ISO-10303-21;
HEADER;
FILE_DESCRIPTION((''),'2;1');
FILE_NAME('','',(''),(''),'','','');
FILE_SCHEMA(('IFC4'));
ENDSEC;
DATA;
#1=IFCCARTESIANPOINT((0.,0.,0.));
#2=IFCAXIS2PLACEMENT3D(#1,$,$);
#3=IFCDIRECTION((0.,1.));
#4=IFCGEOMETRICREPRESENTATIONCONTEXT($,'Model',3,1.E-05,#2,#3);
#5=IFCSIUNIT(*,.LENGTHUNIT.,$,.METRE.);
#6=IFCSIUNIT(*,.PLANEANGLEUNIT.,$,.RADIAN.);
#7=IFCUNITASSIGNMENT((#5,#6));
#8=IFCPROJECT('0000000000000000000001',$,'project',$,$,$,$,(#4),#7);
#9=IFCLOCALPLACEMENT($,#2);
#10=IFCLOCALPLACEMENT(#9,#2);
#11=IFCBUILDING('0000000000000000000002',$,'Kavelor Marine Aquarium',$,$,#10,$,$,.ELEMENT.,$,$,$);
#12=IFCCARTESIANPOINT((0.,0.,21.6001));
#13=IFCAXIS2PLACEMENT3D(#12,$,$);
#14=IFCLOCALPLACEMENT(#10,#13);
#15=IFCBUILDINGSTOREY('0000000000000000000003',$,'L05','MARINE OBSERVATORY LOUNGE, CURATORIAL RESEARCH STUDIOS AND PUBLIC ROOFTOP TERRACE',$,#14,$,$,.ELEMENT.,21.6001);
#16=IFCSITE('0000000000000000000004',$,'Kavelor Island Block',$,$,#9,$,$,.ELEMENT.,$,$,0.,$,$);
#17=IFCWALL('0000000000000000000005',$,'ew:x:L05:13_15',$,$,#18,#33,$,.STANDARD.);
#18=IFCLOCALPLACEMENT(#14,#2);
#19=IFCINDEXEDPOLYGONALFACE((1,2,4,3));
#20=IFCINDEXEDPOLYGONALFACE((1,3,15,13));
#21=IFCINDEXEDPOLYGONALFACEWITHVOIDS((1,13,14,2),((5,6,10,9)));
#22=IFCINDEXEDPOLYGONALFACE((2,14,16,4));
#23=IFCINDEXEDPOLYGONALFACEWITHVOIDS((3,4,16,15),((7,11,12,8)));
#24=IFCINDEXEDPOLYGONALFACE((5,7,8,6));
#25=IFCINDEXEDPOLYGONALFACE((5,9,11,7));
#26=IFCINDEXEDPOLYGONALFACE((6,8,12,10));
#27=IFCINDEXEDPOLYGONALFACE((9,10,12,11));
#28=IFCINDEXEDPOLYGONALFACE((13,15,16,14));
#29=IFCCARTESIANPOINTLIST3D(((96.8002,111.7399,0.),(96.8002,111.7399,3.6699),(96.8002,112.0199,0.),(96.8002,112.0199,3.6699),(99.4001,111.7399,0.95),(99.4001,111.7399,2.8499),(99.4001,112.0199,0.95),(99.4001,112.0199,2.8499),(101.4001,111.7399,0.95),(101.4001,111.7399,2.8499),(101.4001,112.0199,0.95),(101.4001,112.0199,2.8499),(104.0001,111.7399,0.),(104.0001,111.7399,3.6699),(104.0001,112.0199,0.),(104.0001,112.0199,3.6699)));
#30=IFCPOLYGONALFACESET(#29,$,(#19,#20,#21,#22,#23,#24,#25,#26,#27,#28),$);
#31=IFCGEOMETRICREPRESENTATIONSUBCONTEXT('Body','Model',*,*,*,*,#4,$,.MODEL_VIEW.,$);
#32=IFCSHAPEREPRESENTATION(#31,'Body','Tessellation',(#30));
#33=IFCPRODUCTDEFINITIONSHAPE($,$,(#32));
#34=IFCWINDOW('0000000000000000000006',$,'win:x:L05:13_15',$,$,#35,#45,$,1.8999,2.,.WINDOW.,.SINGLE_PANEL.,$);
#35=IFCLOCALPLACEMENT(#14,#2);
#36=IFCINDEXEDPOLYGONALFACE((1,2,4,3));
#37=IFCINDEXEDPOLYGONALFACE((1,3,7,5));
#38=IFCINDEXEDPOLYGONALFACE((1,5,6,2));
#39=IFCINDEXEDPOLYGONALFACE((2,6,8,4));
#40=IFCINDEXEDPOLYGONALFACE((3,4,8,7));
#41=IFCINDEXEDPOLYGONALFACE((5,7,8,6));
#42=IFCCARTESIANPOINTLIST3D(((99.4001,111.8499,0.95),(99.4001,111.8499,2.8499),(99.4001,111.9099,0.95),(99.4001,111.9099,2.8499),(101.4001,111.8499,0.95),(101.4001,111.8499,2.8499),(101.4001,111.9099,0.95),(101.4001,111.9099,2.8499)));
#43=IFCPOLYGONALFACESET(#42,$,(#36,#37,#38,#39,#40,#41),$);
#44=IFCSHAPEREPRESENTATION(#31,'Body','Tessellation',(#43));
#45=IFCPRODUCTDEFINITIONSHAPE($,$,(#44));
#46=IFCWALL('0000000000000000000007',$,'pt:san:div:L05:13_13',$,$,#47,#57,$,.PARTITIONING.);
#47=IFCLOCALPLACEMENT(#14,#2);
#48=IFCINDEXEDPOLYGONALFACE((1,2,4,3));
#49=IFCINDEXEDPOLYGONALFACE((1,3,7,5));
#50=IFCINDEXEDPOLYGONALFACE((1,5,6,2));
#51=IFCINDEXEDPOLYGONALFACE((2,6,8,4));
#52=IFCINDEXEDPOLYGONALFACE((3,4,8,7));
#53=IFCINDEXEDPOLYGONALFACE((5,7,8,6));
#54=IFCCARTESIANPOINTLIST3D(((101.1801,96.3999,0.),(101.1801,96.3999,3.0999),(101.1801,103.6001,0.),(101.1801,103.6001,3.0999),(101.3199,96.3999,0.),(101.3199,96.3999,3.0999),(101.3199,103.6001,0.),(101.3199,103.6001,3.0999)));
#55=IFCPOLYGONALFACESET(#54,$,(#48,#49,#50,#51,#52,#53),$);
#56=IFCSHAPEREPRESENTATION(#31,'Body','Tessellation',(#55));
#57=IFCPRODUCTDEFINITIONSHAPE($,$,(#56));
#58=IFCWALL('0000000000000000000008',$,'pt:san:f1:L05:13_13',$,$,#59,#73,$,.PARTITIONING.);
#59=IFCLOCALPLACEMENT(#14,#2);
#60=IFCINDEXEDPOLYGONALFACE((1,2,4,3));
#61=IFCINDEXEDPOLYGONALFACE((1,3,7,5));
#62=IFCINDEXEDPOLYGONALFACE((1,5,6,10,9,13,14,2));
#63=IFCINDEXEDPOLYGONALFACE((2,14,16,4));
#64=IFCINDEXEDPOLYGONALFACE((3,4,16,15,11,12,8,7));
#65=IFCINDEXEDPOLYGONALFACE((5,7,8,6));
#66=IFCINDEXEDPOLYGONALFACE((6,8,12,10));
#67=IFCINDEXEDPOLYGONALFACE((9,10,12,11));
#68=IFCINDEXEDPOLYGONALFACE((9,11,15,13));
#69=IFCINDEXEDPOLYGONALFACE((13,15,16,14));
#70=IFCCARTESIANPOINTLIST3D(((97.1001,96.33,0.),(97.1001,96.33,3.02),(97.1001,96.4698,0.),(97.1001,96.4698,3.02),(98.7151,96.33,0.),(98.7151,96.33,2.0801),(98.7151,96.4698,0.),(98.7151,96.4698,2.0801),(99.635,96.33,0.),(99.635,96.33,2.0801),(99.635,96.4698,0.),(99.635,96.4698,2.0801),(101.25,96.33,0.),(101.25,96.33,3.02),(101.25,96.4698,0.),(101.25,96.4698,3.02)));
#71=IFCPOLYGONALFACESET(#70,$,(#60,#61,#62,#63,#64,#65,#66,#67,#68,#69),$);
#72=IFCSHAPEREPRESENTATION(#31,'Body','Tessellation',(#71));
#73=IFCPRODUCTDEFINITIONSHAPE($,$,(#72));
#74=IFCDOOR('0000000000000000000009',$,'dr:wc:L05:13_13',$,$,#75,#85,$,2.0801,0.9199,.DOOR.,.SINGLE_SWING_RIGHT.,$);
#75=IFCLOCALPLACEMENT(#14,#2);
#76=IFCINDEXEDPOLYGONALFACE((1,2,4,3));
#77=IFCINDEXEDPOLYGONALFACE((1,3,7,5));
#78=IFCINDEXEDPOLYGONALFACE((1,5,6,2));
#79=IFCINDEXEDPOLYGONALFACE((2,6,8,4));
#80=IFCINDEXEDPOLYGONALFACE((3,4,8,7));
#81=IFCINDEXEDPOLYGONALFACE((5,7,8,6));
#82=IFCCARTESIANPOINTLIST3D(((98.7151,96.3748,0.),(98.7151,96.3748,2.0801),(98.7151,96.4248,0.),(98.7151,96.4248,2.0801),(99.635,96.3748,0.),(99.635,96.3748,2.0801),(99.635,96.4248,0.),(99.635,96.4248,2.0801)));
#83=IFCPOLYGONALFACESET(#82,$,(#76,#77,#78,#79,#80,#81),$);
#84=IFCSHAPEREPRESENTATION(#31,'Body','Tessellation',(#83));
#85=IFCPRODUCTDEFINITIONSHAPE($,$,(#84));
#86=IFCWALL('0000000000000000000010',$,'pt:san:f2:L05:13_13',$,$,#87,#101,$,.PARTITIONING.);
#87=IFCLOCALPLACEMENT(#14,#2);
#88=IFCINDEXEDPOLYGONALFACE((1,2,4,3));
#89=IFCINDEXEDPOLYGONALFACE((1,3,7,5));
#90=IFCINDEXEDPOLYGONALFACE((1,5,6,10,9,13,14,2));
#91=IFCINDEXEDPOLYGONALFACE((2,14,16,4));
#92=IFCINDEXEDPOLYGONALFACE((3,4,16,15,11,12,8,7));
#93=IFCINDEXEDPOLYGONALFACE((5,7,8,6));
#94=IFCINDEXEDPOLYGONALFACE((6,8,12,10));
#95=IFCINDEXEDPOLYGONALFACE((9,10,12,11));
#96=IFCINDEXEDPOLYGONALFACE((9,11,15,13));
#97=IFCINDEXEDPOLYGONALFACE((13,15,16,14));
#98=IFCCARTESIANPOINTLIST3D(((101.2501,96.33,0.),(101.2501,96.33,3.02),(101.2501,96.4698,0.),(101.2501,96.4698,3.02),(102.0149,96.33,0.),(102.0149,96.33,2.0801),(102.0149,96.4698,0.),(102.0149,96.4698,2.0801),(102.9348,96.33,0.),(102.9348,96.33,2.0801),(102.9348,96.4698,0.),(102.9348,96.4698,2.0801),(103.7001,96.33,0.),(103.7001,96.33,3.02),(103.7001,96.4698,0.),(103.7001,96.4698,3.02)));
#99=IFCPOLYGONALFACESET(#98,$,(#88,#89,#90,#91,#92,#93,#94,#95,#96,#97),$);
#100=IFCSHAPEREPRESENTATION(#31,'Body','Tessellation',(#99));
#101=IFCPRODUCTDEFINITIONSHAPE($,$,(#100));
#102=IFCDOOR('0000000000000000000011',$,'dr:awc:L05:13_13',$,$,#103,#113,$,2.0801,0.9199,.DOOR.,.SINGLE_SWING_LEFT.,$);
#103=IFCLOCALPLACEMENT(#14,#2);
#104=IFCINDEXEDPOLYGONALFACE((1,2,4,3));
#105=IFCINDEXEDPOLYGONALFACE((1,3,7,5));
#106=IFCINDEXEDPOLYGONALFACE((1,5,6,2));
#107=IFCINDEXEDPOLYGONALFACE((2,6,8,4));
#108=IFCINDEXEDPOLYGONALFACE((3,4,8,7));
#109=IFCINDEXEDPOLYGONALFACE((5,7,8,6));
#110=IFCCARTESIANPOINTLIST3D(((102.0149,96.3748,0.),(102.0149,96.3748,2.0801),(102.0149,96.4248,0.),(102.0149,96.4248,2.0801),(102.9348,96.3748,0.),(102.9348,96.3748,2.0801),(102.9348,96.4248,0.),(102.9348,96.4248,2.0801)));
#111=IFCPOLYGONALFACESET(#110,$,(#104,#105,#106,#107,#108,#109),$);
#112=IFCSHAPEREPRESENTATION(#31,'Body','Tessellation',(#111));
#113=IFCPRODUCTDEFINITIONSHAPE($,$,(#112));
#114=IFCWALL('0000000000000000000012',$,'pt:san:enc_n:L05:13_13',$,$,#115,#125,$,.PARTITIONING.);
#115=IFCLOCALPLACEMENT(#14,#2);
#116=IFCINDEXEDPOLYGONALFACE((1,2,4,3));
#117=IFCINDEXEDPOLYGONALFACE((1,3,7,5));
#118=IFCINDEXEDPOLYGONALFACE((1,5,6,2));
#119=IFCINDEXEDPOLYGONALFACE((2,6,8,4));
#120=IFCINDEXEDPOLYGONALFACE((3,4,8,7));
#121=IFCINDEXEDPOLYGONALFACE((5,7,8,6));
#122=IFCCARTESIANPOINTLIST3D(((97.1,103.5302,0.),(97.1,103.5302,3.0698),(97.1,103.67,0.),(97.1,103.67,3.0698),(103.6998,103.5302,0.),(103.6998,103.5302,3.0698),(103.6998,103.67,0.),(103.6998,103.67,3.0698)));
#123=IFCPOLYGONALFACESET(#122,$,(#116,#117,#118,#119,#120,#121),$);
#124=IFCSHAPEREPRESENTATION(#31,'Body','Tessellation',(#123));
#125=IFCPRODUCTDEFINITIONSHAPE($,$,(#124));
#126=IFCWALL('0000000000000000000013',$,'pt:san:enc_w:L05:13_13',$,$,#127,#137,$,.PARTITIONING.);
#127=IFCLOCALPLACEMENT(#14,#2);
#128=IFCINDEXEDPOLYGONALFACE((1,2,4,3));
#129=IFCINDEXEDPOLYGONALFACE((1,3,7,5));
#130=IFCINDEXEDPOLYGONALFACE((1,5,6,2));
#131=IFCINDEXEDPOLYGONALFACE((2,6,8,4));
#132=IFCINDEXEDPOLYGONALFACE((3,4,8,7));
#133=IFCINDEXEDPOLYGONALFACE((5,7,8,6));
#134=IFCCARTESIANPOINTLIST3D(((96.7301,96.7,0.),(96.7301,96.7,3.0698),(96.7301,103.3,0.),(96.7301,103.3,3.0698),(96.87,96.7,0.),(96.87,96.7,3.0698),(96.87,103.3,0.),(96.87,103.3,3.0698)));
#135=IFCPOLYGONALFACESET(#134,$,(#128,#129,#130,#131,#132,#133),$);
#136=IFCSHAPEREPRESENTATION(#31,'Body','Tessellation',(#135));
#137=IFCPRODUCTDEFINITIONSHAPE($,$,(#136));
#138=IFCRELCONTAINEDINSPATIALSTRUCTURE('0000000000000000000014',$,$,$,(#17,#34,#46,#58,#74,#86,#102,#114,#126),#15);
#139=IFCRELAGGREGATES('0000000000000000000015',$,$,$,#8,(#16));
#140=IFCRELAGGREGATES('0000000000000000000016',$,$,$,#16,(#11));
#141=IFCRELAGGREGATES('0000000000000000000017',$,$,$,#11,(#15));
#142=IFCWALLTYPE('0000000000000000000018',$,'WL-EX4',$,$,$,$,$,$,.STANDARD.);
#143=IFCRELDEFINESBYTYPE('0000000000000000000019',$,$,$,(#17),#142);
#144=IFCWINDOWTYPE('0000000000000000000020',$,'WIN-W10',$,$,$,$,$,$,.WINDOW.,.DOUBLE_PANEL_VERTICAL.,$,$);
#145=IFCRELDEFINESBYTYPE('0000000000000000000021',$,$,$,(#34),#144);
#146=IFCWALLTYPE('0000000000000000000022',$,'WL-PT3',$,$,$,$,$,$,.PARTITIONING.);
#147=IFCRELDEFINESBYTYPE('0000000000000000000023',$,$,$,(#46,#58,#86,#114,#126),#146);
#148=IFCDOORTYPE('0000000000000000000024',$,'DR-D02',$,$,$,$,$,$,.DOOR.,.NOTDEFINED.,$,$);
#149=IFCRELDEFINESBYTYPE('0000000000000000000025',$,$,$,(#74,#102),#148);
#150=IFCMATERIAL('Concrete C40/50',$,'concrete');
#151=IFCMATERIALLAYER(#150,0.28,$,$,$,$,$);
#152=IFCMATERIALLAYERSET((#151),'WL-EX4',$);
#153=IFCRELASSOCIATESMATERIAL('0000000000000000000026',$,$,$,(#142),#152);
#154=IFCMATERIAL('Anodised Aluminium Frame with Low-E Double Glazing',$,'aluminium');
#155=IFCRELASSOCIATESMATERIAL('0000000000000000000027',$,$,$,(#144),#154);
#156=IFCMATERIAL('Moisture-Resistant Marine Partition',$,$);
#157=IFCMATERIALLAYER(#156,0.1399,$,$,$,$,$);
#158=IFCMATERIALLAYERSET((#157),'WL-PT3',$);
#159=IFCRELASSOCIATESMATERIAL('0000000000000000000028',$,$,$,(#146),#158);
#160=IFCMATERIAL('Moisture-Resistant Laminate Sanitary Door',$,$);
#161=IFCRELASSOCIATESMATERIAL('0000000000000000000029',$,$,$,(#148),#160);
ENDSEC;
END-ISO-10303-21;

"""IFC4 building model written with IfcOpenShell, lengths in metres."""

from ifc_helpers import new_model, si_unit, direction, frame, frame_2d, origin, place, context, subcontext, project, spatial, rectangle, extrude, material, layer, layer_set, type_object, element, fill, save


model = new_model("IFC4")

# Units and contexts
model_context = context("Model", 3, precision=1e-05, world=origin(), true_north=direction((0.0, 1.0)))
body_context = subcontext(model_context, "Body", "Model", "MODEL_VIEW")
ifc_project = project(units=[si_unit("LENGTHUNIT", "METRE"), si_unit("PLANEANGLEUNIT", "RADIAN")], contexts=[model_context])

# Site, building, storey
site_placement = place(None, origin())
site = spatial("IfcSite", under=ifc_project, at=site_placement, Name="Kavelor Island Block", CompositionType="ELEMENT", RefElevation=0.0)
building_placement = place(site_placement, origin())
building = spatial("IfcBuilding", under=site, at=building_placement, Name="Kavelor Marine Aquarium", CompositionType="ELEMENT")
storey_placement = place(building_placement, frame((0.0, 0.0, 21.6001)))
storey = spatial("IfcBuildingStorey", under=building, at=storey_placement, Name="L05", Description="MARINE OBSERVATORY LOUNGE, CURATORIAL RESEARCH STUDIOS AND PUBLIC ROOFTOP TERRACE", CompositionType="ELEMENT", Elevation=21.6001)

# Wall, opening, window
ifc_material_1 = material(Name="Concrete C40/50", Category="concrete")
ifc_layer_1 = layer(ifc_material_1, 0.28)
ifc_layer_set_1 = layer_set([ifc_layer_1], Name="WL-EX4")
wall_type_1 = type_object("IfcWallType", Name="WL-EX4", PredefinedType="STANDARD", material=ifc_layer_set_1)
wall_1_placement = place(storey_placement, frame((96.8, 111.8799, 0.0), z_axis=(0.0, 0.0, 1.0), x_axis=(1.0, 0.0, 0.0)))
wall_1 = element("IfcWall", 1, at=wall_1_placement, inside=storey, type_object=wall_type_1, Name="ew:x:L05:13_15", PredefinedType="STANDARD", context=body_context, shape_type="SweptSolid", body=[
    extrude(rectangle(XDim=7.2, YDim=0.28, at=frame_2d((3.6001, 0.0))), origin(), (0.0, 0.0, 1.0), 3.6699),
])
opening_1_placement = place(wall_1_placement, frame((2.6001, 0.0, 0.95)))
opening_1 = element("IfcOpeningElement", 2, at=opening_1_placement, cuts=wall_1, PredefinedType="OPENING", context=body_context, shape_type="SweptSolid", body=[
    extrude(rectangle(XDim=2.0, YDim=1.8999, at=frame_2d((1.0, 0.95))), frame((0.0, 0.1499, 0.0), z_axis=(0.0, -1.0, 0.0), x_axis=(1.0, 0.0, 0.0)), (0.0, 0.0, 1.0), 0.3),
])
ifc_material_2 = material(Name="Anodised Aluminium Frame with Low-E Double Glazing", Category="aluminium")
window_type = type_object("IfcWindowType", Name="WIN-W10", PartitioningType="DOUBLE_PANEL_VERTICAL", PredefinedType="WINDOW", material=ifc_material_2)
window_placement = place(opening_1_placement, origin())
window = element("IfcWindow", 3, at=window_placement, inside=storey, type_object=window_type, Name="win:x:L05:13_15", OverallHeight=1.8999, OverallWidth=2.0, PartitioningType="SINGLE_PANEL", PredefinedType="WINDOW", context=body_context, shape_type="SweptSolid", body=[
    extrude(rectangle(XDim=2.0, YDim=1.8999, at=frame_2d((1.0, 0.95))), frame((0.0, 0.03, 0.0), z_axis=(0.0, -1.0, 0.0), x_axis=(1.0, 0.0, 0.0)), (0.0, 0.0, 1.0), 0.0601),
])
fill(opening_1, window)

# Wall
ifc_material_3 = material(Name="Moisture-Resistant Marine Partition")
ifc_layer_2 = layer(ifc_material_3, 0.1399)
ifc_layer_set_2 = layer_set([ifc_layer_2], Name="WL-PT3")
wall_type_2 = type_object("IfcWallType", Name="WL-PT3", PredefinedType="PARTITIONING", material=ifc_layer_set_2)
wall_2_placement = place(storey_placement, frame((101.25, 96.3999, 0.0), z_axis=(0.0, 0.0, 1.0), x_axis=(0.0, 1.0, 0.0)))
element("IfcWall", 4, at=wall_2_placement, inside=storey, type_object=wall_type_2, Name="pt:san:div:L05:13_13", PredefinedType="PARTITIONING", context=body_context, shape_type="SweptSolid", body=[
    extrude(rectangle(XDim=7.2002, YDim=0.1399, at=frame_2d((3.6001, 0.0))), origin(), (0.0, 0.0, 1.0), 3.0999),
])

# Walls, openings, doors
wall_3_placement = place(storey_placement, frame((97.1001, 96.3999, 0.0), z_axis=(0.0, 0.0, 1.0), x_axis=(1.0, 0.0, 0.0)))
wall_3 = element("IfcWall", 5, at=wall_3_placement, inside=storey, type_object=wall_type_2, Name="pt:san:f1:L05:13_13", PredefinedType="PARTITIONING", context=body_context, shape_type="SweptSolid", body=[
    extrude(rectangle(XDim=4.1499, YDim=0.1399, at=frame_2d((2.075, 0.0))), origin(), (0.0, 0.0, 1.0), 3.02),
])
opening_2_placement = place(wall_3_placement, frame((1.615, 0.0, 0.0)))
opening_2 = element("IfcOpeningElement", 6, at=opening_2_placement, cuts=wall_3, PredefinedType="OPENING", context=body_context, shape_type="SweptSolid", body=[
    extrude(rectangle(XDim=0.9199, YDim=2.0801, at=frame_2d((0.46, 1.04))), frame((0.0, 0.0798, 0.0), z_axis=(0.0, -1.0, 0.0), x_axis=(1.0, 0.0, 0.0)), (0.0, 0.0, 1.0), 0.1599),
])
ifc_material_4 = material(Name="Moisture-Resistant Laminate Sanitary Door")
door_type = type_object("IfcDoorType", Name="DR-D02", OperationType="NOTDEFINED", PredefinedType="DOOR", material=ifc_material_4)
door_1_placement = place(opening_2_placement, origin())
door_1 = element("IfcDoor", 7, at=door_1_placement, inside=storey, type_object=door_type, Name="dr:wc:L05:13_13", OperationType="SINGLE_SWING_RIGHT", OverallHeight=2.0801, OverallWidth=0.9199, PredefinedType="DOOR", context=body_context, shape_type="SweptSolid", body=[
    extrude(rectangle(XDim=0.9199, YDim=2.0801, at=frame_2d((0.46, 1.04))), frame((0.0, 0.0249, 0.0), z_axis=(0.0, -1.0, 0.0), x_axis=(1.0, 0.0, 0.0)), (0.0, 0.0, 1.0), 0.05),
])
fill(opening_2, door_1)
wall_4_placement = place(storey_placement, frame((101.25, 96.3999, 0.0), z_axis=(0.0, 0.0, 1.0), x_axis=(1.0, 0.0, 0.0)))
wall_4 = element("IfcWall", 8, at=wall_4_placement, inside=storey, type_object=wall_type_2, Name="pt:san:f2:L05:13_13", PredefinedType="PARTITIONING", context=body_context, shape_type="SweptSolid", body=[
    extrude(rectangle(XDim=2.45, YDim=0.1399, at=frame_2d((1.2251, 0.0))), origin(), (0.0, 0.0, 1.0), 3.02),
])
opening_3_placement = place(wall_4_placement, frame((0.7649, 0.0, 0.0)))
opening_3 = element("IfcOpeningElement", 9, at=opening_3_placement, cuts=wall_4, PredefinedType="OPENING", context=body_context, shape_type="SweptSolid", body=[
    extrude(rectangle(XDim=0.9199, YDim=2.0801, at=frame_2d((0.46, 1.04))), frame((0.0, 0.0798, 0.0), z_axis=(0.0, -1.0, 0.0), x_axis=(1.0, 0.0, 0.0)), (0.0, 0.0, 1.0), 0.1599),
])
door_2_placement = place(opening_3_placement, origin())
door_2 = element("IfcDoor", 10, at=door_2_placement, inside=storey, type_object=door_type, Name="dr:awc:L05:13_13", OperationType="SINGLE_SWING_LEFT", OverallHeight=2.0801, OverallWidth=0.9199, PredefinedType="DOOR", context=body_context, shape_type="SweptSolid", body=[
    extrude(rectangle(XDim=0.9199, YDim=2.0801, at=frame_2d((0.46, 1.04))), frame((0.0, 0.0249, 0.0), z_axis=(0.0, -1.0, 0.0), x_axis=(1.0, 0.0, 0.0)), (0.0, 0.0, 1.0), 0.05),
])
fill(opening_3, door_2)

# Walls
wall_5_placement = place(storey_placement, frame((97.1001, 103.6001, 0.0), z_axis=(0.0, 0.0, 1.0), x_axis=(1.0, 0.0, 0.0)))
element("IfcWall", 11, at=wall_5_placement, inside=storey, type_object=wall_type_2, Name="pt:san:enc_n:L05:13_13", PredefinedType="PARTITIONING", context=body_context, shape_type="SweptSolid", body=[
    extrude(rectangle(XDim=6.5999, YDim=0.1399, at=frame_2d((3.2998, 0.0))), origin(), (0.0, 0.0, 1.0), 3.0698),
])
wall_6_placement = place(storey_placement, frame((96.8, 96.7, 0.0), z_axis=(0.0, 0.0, 1.0), x_axis=(0.0, 1.0, 0.0)))
element("IfcWall", 12, at=wall_6_placement, inside=storey, type_object=wall_type_2, Name="pt:san:enc_w:L05:13_13", PredefinedType="PARTITIONING", context=body_context, shape_type="SweptSolid", body=[
    extrude(rectangle(XDim=6.6001, YDim=0.1399, at=frame_2d((3.3, 0.0))), origin(), (0.0, 0.0, 1.0), 3.0698),
])

save(model, "model.ifc")
